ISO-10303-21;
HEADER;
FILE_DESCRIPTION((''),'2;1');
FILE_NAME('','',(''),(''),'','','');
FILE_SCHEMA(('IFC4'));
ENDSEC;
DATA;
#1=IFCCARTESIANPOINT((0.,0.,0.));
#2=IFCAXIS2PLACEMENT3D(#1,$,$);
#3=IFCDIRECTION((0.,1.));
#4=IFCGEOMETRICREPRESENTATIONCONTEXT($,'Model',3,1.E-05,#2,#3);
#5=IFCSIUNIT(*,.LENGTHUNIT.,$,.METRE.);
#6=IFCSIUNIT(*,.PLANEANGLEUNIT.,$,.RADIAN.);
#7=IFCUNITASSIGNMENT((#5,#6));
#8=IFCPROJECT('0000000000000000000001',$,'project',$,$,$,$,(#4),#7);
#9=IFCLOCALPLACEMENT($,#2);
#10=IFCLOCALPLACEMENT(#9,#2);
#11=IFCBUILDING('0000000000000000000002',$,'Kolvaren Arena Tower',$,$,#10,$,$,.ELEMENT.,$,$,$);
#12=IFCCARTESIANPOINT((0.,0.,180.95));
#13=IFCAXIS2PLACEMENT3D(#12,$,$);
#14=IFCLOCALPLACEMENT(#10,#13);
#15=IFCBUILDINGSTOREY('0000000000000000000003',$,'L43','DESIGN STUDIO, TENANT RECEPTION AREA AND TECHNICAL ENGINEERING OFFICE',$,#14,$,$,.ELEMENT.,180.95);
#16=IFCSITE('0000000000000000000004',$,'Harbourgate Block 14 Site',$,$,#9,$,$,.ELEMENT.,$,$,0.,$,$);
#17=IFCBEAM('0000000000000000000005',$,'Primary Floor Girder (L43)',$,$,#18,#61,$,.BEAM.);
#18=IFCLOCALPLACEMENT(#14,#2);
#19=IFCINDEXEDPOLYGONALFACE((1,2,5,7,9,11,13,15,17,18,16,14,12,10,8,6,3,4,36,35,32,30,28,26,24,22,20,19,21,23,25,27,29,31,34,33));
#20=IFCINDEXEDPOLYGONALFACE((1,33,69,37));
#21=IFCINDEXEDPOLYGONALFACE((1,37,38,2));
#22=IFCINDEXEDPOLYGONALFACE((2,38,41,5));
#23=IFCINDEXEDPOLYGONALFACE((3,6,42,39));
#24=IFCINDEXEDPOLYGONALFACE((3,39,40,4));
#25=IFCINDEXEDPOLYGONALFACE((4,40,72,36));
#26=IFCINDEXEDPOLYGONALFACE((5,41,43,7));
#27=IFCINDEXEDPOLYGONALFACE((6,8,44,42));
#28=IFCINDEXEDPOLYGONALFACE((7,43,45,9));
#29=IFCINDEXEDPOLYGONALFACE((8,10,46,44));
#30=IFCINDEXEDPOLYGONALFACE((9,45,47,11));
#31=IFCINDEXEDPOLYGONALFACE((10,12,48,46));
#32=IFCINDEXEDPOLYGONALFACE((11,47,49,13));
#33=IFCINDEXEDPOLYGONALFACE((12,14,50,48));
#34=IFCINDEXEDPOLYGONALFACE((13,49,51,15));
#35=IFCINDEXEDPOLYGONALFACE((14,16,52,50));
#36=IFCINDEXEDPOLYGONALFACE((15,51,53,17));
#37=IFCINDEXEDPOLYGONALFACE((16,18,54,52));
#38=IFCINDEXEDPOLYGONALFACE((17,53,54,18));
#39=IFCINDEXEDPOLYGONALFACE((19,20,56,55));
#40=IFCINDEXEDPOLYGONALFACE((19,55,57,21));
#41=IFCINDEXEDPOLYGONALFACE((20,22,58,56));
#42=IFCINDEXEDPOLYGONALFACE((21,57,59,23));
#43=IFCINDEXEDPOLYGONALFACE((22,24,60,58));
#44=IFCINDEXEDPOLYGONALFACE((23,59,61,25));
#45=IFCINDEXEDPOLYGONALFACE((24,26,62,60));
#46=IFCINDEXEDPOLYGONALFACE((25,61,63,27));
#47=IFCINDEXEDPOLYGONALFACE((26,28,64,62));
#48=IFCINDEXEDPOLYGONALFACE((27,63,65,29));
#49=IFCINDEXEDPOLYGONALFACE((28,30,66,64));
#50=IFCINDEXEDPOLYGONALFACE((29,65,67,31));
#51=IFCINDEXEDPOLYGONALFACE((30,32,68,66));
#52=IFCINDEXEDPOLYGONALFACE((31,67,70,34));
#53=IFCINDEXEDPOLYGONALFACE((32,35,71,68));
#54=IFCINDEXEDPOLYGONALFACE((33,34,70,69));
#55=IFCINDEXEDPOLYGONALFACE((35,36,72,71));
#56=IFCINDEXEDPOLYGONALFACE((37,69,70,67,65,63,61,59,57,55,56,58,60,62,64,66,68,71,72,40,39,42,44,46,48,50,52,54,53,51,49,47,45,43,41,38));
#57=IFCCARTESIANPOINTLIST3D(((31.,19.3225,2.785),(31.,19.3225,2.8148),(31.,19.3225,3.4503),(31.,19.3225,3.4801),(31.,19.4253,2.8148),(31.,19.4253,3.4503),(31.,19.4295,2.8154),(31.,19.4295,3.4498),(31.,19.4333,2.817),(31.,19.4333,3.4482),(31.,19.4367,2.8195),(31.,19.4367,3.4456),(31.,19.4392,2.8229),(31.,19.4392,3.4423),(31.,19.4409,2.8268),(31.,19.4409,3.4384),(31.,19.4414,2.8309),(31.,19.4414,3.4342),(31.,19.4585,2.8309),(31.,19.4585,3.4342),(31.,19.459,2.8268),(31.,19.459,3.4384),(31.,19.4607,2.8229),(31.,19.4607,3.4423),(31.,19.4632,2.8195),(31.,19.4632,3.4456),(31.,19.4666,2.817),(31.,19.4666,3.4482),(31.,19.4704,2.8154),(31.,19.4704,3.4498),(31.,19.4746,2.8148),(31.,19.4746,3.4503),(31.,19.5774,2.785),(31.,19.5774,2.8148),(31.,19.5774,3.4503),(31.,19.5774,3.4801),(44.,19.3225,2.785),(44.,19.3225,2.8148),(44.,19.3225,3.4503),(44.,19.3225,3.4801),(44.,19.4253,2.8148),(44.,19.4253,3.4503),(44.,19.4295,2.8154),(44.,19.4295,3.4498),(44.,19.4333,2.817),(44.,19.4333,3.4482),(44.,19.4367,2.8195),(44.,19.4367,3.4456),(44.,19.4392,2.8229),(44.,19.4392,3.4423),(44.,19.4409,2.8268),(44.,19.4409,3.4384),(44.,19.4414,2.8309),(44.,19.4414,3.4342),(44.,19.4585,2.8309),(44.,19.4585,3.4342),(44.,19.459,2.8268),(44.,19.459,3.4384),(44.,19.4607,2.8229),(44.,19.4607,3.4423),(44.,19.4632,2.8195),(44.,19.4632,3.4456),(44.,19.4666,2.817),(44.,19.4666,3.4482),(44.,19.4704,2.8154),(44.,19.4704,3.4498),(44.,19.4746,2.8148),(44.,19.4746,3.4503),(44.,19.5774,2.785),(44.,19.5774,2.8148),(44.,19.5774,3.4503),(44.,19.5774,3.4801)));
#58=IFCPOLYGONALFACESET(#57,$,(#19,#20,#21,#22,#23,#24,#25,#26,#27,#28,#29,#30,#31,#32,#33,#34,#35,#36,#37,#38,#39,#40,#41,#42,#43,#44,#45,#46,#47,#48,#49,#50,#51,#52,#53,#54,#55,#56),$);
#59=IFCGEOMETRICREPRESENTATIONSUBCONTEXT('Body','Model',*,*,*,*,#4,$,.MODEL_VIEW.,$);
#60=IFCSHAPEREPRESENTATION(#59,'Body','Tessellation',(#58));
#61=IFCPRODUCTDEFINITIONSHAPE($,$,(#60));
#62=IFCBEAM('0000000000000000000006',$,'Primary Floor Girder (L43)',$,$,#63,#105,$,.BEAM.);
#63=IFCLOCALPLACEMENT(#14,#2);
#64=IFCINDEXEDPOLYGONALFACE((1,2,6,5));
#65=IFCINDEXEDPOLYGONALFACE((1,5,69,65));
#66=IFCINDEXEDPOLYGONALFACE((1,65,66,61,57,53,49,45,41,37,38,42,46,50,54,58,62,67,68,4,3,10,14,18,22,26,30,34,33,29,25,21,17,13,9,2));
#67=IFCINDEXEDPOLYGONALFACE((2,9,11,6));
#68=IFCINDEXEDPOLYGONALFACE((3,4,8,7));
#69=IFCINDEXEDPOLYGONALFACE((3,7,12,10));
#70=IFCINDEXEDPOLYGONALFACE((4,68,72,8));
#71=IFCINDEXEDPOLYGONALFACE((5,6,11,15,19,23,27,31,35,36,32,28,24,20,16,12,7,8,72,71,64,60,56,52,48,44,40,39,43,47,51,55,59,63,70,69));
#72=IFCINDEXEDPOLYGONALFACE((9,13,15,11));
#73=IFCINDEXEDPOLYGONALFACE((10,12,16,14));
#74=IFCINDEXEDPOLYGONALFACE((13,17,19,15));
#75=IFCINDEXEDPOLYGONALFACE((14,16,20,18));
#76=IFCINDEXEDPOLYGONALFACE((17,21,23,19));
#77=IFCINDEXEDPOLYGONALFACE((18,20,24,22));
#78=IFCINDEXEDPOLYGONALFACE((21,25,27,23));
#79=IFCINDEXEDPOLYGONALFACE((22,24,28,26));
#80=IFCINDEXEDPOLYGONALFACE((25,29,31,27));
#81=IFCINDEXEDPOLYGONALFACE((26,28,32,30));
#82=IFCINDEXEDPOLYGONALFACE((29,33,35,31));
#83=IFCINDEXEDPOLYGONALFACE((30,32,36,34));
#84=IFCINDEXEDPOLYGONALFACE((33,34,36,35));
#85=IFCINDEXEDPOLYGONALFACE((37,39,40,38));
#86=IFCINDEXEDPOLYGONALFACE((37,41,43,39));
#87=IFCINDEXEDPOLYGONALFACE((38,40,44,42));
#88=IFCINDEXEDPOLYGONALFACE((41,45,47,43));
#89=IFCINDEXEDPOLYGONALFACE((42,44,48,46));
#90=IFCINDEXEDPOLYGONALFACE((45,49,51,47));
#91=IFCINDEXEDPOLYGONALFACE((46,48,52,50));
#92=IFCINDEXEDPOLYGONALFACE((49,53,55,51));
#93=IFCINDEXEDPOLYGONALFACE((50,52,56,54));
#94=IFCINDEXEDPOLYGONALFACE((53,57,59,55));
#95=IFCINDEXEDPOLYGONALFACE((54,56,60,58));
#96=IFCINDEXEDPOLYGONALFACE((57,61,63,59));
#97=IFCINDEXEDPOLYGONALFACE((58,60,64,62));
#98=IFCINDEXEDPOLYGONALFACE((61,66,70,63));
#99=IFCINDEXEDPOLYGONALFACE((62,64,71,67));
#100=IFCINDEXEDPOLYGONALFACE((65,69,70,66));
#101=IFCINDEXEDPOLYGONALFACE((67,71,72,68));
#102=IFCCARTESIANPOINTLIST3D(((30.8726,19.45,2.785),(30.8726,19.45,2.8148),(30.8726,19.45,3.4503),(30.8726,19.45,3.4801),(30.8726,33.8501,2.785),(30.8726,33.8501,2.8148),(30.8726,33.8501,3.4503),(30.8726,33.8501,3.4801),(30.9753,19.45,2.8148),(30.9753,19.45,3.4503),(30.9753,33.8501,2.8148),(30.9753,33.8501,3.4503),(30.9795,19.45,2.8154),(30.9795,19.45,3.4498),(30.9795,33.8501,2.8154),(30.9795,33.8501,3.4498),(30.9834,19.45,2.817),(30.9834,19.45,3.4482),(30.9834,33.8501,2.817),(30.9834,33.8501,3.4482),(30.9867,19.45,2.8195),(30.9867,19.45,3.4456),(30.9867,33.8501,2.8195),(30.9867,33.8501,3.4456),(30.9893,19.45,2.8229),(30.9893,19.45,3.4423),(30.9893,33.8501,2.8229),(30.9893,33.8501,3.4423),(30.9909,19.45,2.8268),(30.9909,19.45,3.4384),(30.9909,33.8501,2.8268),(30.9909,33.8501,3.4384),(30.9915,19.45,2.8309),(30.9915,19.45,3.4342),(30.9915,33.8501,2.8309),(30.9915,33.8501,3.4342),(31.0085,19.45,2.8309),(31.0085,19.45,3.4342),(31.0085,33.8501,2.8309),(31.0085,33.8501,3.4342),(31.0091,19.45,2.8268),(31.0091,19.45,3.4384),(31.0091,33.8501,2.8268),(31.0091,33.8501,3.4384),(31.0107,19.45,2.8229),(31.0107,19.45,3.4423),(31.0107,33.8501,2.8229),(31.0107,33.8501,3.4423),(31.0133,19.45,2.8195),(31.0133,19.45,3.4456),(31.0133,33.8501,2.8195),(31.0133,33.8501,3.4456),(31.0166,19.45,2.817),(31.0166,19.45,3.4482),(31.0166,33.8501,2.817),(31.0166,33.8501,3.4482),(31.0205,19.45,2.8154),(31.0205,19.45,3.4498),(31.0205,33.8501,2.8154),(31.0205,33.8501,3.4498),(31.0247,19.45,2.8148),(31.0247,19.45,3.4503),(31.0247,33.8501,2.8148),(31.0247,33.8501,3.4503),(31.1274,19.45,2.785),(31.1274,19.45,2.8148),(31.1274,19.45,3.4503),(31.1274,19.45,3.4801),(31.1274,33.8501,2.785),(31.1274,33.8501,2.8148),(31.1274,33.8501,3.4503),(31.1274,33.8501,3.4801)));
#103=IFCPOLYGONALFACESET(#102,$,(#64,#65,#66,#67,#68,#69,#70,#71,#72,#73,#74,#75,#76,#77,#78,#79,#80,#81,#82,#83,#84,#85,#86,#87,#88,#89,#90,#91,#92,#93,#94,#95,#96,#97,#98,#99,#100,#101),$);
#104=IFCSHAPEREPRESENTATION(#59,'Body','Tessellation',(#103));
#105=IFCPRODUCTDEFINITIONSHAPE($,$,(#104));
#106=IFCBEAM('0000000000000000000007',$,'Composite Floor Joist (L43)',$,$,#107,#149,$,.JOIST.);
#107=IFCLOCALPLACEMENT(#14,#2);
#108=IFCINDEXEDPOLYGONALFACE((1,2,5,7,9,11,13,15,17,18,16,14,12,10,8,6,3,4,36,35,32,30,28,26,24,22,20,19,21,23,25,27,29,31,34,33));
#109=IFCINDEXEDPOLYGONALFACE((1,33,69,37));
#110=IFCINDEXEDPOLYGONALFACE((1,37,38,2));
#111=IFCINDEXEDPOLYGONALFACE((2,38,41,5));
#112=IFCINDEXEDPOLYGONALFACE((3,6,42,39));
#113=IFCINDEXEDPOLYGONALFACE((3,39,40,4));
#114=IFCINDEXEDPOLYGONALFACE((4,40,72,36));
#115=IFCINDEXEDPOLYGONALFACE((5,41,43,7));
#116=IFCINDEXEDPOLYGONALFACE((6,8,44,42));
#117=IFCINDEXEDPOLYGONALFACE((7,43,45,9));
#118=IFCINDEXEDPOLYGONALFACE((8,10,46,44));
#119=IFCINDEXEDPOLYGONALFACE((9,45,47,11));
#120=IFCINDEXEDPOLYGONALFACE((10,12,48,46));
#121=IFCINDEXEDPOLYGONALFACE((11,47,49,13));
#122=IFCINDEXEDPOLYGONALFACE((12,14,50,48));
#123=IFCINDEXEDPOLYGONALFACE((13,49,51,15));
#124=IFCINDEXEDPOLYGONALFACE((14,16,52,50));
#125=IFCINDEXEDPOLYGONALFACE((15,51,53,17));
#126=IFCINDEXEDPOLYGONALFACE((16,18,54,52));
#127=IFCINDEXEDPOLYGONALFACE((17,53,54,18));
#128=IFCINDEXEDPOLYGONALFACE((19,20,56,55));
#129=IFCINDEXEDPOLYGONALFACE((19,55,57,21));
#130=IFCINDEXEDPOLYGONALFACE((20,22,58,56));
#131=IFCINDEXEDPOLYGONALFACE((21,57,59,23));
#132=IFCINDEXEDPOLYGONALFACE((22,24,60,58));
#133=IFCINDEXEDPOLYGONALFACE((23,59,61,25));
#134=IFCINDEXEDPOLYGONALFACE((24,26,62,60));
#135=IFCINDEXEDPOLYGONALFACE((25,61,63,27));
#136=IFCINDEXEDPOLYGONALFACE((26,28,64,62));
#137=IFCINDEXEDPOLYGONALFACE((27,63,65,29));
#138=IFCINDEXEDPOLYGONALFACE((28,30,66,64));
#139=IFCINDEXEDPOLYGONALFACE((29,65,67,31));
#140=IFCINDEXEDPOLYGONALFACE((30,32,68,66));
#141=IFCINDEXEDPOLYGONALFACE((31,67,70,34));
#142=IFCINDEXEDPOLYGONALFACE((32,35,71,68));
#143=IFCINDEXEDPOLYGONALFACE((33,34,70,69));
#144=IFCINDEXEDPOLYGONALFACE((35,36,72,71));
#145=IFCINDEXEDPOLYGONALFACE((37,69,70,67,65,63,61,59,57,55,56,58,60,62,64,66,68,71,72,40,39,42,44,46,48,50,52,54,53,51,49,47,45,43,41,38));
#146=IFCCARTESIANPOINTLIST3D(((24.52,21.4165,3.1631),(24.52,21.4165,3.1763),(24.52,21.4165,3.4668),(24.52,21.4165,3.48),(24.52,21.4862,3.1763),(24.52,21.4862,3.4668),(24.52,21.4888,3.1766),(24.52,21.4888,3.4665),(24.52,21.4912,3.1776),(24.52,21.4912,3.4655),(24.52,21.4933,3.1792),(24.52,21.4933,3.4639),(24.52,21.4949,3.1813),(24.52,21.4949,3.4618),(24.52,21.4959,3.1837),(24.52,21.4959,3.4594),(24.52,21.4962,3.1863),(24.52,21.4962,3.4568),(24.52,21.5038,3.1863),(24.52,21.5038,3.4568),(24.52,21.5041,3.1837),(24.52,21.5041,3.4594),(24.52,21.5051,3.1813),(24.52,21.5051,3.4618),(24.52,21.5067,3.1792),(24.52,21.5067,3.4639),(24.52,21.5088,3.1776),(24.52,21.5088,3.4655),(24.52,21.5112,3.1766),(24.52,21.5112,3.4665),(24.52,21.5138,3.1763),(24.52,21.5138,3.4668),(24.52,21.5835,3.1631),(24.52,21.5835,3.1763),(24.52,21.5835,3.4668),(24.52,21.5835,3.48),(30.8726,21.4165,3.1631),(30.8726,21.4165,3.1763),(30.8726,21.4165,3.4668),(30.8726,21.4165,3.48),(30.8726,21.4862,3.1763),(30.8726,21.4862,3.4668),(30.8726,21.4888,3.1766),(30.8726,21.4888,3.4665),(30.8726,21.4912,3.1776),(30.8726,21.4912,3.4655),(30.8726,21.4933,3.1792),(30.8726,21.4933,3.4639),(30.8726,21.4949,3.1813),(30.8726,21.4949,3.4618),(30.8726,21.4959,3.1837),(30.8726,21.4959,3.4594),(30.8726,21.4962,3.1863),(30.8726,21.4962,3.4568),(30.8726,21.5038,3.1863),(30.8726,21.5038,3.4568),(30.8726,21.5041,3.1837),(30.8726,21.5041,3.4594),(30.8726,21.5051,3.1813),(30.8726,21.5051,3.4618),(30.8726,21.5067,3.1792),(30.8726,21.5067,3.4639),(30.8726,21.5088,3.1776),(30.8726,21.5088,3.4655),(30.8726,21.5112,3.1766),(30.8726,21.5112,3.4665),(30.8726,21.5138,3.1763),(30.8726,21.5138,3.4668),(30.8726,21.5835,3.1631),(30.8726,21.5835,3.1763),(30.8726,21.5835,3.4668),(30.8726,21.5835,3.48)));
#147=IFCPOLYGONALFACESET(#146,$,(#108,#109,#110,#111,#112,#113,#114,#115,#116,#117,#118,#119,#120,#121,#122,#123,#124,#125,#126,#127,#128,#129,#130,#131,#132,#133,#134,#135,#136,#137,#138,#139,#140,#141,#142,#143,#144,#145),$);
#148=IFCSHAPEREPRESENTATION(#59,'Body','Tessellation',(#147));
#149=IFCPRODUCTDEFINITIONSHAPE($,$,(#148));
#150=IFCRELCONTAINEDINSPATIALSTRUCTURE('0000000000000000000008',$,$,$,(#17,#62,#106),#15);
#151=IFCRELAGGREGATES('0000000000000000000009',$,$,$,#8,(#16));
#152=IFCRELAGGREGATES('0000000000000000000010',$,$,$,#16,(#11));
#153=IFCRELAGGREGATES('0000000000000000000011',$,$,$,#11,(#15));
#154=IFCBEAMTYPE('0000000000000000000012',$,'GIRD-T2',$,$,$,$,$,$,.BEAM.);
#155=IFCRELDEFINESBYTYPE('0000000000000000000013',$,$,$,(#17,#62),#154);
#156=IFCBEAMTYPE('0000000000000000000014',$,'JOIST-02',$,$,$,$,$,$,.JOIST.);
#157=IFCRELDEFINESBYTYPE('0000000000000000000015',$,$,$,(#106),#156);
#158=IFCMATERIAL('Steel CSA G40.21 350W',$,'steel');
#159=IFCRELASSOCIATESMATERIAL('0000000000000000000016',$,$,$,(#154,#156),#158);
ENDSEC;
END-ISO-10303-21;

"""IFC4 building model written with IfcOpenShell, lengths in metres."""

from ifc_helpers import new_model, si_unit, direction, frame, origin, origin_2d, place, context, subcontext, project, spatial, i_section, extrude, material, material_profile, profile_set, type_object, element, save


model = new_model("IFC4")

# Units and contexts
model_context = context("Model", 3, precision=1e-05, world=origin(), true_north=direction((0.0, 1.0)))
body_context = subcontext(model_context, "Body", "Model", "MODEL_VIEW")
ifc_project = project(units=[si_unit("LENGTHUNIT", "METRE"), si_unit("PLANEANGLEUNIT", "RADIAN")], contexts=[model_context])

# Site, building, storey
site_placement = place(None, origin())
site = spatial("IfcSite", under=ifc_project, at=site_placement, Name="Harbourgate Block 14 Site", CompositionType="ELEMENT", RefElevation=0.0)
building_placement = place(site_placement, origin())
building = spatial("IfcBuilding", under=site, at=building_placement, Name="Kolvaren Arena Tower", CompositionType="ELEMENT")
storey_placement = place(building_placement, frame((0.0, 0.0, 180.95)))
storey = spatial("IfcBuildingStorey", under=building, at=storey_placement, Name="L43", Description="DESIGN STUDIO, TENANT RECEPTION AREA AND TECHNICAL ENGINEERING OFFICE", CompositionType="ELEMENT", Elevation=180.95)

# Beams
ifc_material_1 = material(Name="Steel CSA G40.21 350W", Category="steel")
ifc_material_profile_1 = material_profile(ifc_material_1, i_section(OverallWidth=0.2549, OverallDepth=0.6951, WebThickness=0.0171, FlangeThickness=0.0298, FilletRadius=0.0161, at=origin_2d()), Name="W690x217")
ifc_profile_set_1 = profile_set([ifc_material_profile_1], Name="Steel CSA G40.21 350W")
beam_type_1 = type_object("IfcBeamType", Name="GIRD-T2", PredefinedType="BEAM", material=ifc_profile_set_1)
beam_1_placement = place(storey_placement, frame((31.0, 19.45, 3.1326), z_axis=(1.0, 0.0, 0.0), x_axis=(0.0, 1.0, 0.0)))
element("IfcBeam", 1, at=beam_1_placement, inside=storey, type_object=beam_type_1, Name="Primary Floor Girder (L43)", PredefinedType="BEAM", context=body_context, shape_type="SweptSolid", body=[
    extrude(i_section(OverallWidth=0.2549, OverallDepth=0.6951, WebThickness=0.0171, FlangeThickness=0.0298, FilletRadius=0.0161, at=origin_2d()), origin(), (0.0, 0.0, 1.0), 13.0),
])
beam_2_placement = place(storey_placement, frame((31.0, 19.45, 3.1326), z_axis=(0.0, 1.0, 0.0), x_axis=(-1.0, 0.0, 0.0)))
element("IfcBeam", 2, at=beam_2_placement, inside=storey, type_object=beam_type_1, Name="Primary Floor Girder (L43)", PredefinedType="BEAM", context=body_context, shape_type="SweptSolid", body=[
    extrude(i_section(OverallWidth=0.2549, OverallDepth=0.6951, WebThickness=0.0171, FlangeThickness=0.0298, FilletRadius=0.0161, at=origin_2d()), origin(), (0.0, 0.0, 1.0), 14.4001),
])
ifc_material_profile_2 = material_profile(ifc_material_1, i_section(OverallWidth=0.167, OverallDepth=0.3169, WebThickness=0.0076, FlangeThickness=0.0132, FilletRadius=0.01, at=origin_2d()), Name="W310x52")
ifc_profile_set_2 = profile_set([ifc_material_profile_2], Name="Steel CSA G40.21 350W")
beam_type_2 = type_object("IfcBeamType", Name="JOIST-02", PredefinedType="JOIST", material=ifc_profile_set_2)
beam_3_placement = place(storey_placement, frame((24.52, 21.5, 3.3215), z_axis=(1.0, 0.0, 0.0), x_axis=(0.0, 1.0, 0.0)))
element("IfcBeam", 3, at=beam_3_placement, inside=storey, type_object=beam_type_2, Name="Composite Floor Joist (L43)", PredefinedType="JOIST", context=body_context, shape_type="SweptSolid", body=[
    extrude(i_section(OverallWidth=0.167, OverallDepth=0.3169, WebThickness=0.0076, FlangeThickness=0.0132, FilletRadius=0.01, at=origin_2d()), origin(), (0.0, 0.0, 1.0), 6.3525),
])

save(model, "model.ifc")
